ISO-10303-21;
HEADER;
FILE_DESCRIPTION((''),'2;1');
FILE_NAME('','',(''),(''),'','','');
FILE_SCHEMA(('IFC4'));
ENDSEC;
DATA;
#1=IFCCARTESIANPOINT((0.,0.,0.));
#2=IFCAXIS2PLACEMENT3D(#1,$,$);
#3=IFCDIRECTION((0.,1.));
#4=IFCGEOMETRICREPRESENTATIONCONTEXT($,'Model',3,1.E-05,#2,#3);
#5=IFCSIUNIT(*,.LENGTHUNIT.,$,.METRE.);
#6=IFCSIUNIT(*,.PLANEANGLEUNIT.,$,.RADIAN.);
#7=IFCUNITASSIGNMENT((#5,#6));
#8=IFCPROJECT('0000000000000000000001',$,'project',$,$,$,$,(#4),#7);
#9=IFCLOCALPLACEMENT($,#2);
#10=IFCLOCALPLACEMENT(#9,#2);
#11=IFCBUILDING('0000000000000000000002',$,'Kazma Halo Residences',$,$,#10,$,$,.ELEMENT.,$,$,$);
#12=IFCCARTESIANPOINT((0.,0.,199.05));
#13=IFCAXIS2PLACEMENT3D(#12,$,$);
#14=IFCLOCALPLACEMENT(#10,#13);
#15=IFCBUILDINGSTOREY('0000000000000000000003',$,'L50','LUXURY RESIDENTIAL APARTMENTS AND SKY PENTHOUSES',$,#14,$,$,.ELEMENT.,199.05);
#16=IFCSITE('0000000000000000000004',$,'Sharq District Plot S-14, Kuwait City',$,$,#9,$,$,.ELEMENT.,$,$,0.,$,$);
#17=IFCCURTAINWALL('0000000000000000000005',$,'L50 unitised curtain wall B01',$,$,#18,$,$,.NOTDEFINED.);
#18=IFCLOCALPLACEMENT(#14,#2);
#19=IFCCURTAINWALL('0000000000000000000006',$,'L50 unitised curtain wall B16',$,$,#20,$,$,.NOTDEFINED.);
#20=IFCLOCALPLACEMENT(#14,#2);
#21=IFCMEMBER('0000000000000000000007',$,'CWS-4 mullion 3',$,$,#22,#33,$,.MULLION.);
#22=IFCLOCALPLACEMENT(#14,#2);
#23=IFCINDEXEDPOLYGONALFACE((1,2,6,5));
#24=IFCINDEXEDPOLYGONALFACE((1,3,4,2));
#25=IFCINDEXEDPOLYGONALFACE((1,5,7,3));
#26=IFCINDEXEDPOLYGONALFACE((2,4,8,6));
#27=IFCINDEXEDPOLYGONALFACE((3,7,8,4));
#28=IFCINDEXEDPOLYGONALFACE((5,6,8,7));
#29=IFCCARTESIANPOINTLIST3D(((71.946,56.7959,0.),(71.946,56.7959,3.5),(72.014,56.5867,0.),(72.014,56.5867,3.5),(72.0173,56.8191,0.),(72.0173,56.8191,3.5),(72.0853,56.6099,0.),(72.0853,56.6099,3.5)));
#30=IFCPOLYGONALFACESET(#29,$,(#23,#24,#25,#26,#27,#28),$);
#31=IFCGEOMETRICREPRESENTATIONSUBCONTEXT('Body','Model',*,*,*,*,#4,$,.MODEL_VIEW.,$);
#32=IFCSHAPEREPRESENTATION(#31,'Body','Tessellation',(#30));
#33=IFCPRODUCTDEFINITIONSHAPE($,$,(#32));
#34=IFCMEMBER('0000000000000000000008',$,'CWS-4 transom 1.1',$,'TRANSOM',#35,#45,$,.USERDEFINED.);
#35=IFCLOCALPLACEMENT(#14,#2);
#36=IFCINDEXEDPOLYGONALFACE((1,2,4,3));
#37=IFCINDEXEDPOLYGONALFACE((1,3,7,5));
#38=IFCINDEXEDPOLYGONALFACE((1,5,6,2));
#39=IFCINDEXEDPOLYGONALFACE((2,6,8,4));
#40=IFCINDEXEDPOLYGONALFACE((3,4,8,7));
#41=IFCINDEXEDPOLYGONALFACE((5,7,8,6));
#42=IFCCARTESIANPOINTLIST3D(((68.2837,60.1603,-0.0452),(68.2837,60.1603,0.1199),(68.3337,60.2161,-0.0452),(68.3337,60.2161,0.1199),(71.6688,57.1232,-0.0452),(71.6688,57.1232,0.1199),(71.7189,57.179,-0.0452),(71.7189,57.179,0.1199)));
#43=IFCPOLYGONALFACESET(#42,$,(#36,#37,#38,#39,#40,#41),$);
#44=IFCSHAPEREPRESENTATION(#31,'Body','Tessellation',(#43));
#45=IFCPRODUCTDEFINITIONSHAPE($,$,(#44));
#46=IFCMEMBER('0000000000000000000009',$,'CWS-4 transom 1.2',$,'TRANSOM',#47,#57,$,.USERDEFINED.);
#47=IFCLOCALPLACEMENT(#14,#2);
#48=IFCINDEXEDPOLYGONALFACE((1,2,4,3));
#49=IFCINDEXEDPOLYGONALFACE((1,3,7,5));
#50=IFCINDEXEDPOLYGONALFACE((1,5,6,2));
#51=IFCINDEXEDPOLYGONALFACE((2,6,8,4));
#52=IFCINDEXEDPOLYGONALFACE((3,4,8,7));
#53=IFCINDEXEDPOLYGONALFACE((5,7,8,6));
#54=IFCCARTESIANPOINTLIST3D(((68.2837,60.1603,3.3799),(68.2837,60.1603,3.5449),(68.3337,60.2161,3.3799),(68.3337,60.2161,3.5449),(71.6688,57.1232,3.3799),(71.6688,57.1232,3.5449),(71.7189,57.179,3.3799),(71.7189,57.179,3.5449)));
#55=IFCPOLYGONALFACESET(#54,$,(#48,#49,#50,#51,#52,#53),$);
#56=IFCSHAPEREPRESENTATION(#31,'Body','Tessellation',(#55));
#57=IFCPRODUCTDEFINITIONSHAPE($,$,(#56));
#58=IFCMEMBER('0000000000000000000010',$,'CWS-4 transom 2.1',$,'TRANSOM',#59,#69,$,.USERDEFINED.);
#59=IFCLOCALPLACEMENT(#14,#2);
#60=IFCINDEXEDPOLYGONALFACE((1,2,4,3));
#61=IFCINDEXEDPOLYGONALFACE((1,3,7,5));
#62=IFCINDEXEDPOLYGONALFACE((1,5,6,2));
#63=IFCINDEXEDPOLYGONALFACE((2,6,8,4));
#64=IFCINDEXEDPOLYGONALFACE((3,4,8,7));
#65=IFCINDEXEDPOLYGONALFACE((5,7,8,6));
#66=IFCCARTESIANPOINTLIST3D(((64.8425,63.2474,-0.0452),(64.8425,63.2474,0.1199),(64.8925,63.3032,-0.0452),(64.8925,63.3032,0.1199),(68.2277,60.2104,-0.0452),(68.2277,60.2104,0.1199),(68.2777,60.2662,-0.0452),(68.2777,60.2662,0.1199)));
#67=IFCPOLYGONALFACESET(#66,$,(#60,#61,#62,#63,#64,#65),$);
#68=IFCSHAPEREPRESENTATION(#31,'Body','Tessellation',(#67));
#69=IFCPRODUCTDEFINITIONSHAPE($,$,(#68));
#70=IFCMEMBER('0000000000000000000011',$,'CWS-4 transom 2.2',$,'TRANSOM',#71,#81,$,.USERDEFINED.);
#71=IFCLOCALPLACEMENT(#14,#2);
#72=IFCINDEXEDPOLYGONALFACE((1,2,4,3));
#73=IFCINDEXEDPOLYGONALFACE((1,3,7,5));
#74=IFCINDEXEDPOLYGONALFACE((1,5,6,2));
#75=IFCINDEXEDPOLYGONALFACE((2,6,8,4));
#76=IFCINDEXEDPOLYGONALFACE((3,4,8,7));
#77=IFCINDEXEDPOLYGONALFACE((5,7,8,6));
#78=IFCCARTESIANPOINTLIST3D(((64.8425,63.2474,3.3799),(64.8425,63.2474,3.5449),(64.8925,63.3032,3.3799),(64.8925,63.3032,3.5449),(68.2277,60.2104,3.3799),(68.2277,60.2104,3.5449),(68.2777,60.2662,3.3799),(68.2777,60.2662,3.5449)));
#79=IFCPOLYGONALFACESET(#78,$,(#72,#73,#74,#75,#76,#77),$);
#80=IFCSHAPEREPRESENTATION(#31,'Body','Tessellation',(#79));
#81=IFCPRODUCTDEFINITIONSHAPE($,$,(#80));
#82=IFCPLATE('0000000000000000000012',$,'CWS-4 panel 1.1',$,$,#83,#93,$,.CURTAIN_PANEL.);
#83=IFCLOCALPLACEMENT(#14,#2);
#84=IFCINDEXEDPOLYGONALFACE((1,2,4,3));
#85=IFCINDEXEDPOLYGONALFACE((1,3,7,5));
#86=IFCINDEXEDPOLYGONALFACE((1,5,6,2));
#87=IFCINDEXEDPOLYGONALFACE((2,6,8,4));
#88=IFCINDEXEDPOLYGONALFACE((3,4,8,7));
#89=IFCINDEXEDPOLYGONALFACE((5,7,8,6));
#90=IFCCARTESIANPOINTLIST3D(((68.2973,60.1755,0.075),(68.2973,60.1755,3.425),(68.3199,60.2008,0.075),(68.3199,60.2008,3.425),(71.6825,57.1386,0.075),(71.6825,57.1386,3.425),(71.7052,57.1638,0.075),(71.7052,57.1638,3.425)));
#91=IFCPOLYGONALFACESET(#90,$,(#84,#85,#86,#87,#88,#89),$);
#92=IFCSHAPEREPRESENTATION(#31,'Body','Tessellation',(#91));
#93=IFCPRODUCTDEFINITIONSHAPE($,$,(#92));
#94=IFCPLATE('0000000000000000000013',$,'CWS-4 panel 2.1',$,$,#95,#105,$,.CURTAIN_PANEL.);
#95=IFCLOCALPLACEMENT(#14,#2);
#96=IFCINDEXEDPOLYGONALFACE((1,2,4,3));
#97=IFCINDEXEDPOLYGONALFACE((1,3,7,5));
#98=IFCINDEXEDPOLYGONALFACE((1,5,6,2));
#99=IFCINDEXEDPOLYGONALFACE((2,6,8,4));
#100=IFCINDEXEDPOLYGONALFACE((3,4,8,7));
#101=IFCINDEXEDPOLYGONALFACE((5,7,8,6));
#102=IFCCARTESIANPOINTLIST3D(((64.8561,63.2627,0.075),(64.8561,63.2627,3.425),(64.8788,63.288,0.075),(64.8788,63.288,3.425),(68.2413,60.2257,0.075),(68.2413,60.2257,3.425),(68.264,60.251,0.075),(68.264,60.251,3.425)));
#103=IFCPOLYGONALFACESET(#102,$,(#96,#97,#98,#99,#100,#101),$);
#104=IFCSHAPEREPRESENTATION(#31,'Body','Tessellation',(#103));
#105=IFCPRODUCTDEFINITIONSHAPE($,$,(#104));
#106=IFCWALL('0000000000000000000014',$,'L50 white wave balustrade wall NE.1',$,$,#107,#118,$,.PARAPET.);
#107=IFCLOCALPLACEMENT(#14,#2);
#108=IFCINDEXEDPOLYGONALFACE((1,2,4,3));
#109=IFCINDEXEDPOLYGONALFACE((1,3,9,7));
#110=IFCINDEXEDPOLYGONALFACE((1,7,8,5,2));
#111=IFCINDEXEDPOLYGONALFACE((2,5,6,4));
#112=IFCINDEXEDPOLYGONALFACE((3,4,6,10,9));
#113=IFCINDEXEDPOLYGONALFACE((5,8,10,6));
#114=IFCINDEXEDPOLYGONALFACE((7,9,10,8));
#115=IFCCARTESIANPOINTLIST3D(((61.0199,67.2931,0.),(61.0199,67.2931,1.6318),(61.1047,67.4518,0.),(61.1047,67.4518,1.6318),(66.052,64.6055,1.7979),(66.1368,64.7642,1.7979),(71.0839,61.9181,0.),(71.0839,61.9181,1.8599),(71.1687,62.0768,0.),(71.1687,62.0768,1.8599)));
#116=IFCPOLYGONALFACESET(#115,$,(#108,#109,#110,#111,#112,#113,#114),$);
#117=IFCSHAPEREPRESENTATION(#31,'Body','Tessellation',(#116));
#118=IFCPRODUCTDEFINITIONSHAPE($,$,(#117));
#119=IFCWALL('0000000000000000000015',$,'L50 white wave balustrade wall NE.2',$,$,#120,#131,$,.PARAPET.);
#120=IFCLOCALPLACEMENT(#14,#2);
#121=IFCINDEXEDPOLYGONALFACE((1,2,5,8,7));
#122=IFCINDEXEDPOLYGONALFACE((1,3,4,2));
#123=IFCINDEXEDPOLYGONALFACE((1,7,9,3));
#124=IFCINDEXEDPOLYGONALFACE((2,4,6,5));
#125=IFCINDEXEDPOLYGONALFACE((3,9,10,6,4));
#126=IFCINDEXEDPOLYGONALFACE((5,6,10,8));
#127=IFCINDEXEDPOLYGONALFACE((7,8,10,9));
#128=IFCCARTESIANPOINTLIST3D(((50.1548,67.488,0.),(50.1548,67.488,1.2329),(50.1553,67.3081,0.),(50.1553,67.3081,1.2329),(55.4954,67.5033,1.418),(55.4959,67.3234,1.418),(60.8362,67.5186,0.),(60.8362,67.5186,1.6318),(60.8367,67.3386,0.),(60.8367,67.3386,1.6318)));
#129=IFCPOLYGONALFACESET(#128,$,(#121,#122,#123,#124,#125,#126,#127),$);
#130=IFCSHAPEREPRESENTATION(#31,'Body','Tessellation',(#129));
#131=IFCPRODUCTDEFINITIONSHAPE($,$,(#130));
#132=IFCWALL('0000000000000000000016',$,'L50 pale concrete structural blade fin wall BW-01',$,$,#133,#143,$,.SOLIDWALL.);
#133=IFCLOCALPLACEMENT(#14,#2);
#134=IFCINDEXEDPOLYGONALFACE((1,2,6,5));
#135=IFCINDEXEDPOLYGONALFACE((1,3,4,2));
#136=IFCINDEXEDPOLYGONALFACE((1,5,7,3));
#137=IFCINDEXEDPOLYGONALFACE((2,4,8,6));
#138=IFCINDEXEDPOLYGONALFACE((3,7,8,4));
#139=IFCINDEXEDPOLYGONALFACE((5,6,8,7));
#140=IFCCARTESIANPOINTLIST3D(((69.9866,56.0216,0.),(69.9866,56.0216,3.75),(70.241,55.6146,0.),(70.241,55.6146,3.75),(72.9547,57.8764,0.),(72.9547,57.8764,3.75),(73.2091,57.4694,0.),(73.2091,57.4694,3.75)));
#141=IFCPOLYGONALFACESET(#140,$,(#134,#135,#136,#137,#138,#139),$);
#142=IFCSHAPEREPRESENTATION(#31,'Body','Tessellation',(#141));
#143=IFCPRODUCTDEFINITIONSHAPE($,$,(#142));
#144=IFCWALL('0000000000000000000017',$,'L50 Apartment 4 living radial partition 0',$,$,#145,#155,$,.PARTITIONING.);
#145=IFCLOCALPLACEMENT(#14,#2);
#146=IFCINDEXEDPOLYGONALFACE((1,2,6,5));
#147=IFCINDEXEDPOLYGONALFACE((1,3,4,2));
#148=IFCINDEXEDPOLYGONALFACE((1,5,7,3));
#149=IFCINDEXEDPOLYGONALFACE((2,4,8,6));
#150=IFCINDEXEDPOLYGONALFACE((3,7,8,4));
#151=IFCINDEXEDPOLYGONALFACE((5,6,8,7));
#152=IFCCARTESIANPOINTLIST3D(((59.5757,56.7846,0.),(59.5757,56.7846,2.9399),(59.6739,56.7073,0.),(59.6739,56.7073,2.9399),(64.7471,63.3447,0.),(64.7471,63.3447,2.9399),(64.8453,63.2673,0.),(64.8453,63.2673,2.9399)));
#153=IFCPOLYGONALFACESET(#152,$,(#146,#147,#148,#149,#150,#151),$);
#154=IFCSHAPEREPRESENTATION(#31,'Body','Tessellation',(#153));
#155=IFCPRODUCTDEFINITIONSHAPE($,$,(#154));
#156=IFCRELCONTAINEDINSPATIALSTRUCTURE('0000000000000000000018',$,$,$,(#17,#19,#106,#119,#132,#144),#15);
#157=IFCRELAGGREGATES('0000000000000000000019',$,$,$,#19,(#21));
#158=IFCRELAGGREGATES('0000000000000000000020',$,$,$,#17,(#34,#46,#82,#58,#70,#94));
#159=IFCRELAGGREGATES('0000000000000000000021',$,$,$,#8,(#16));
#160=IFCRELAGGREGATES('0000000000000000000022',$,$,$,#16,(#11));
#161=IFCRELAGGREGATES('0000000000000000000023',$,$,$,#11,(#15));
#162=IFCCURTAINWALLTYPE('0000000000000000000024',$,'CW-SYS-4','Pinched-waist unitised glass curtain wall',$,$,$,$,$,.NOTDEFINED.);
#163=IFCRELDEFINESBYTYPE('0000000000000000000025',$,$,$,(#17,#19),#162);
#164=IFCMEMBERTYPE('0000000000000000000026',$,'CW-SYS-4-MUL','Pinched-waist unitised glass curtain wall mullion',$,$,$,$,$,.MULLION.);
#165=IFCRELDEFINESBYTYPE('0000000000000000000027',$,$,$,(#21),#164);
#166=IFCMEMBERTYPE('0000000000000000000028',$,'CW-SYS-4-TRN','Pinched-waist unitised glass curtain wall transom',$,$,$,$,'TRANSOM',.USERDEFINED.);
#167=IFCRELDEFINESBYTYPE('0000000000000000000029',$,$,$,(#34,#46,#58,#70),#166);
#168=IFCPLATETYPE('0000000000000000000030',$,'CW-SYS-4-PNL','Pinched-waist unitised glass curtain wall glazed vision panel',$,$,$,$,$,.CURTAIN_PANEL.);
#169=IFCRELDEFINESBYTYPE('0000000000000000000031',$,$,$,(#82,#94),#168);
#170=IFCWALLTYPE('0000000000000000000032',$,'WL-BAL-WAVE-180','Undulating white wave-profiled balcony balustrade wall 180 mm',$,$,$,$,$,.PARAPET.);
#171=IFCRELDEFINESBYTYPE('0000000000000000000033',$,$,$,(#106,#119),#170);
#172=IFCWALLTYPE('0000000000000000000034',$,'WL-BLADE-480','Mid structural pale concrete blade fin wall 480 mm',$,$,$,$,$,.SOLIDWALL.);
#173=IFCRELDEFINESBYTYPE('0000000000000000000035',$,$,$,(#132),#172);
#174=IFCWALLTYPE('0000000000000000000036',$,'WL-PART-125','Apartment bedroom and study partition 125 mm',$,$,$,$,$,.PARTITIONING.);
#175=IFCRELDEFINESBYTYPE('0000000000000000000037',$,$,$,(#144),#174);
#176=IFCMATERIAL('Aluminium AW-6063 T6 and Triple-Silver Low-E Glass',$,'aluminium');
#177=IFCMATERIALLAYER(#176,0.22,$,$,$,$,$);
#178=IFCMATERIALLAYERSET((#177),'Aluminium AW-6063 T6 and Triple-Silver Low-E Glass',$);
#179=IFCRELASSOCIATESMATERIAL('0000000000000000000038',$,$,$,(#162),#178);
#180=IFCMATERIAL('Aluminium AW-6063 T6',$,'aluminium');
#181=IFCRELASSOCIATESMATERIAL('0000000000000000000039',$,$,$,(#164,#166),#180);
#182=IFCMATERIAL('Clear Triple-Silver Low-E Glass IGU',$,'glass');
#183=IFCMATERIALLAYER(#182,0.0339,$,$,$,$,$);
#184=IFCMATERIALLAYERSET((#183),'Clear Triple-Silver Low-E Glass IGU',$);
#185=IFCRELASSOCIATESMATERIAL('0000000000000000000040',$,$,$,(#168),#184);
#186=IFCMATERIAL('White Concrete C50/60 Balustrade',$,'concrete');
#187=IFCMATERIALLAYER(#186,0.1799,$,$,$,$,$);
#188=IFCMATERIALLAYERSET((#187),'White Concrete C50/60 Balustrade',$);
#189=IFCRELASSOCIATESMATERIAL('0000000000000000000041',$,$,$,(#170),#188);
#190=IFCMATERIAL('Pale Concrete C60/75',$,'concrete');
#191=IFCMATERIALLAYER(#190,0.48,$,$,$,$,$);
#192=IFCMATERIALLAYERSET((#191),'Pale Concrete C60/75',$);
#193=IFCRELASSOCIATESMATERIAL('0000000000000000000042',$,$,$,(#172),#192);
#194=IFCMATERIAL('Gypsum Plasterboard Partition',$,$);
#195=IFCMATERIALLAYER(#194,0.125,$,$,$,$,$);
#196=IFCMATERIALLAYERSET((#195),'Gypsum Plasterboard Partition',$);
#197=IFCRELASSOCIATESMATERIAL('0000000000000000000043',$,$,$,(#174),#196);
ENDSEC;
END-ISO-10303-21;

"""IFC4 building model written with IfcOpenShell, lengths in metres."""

from ifc_helpers import new_model, si_unit, direction, frame, frame_2d, origin, origin_2d, place, context, subcontext, project, spatial, polyline, rectangle, outline, extrude, material, layer, layer_set, material_profile, profile_set, type_object, element, aggregate, save


model = new_model("IFC4")

# Units and contexts
model_context = context("Model", 3, precision=1e-05, world=origin(), true_north=direction((0.0, 1.0)))
body_context = subcontext(model_context, "Body", "Model", "MODEL_VIEW")
ifc_project = project(units=[si_unit("LENGTHUNIT", "METRE"), si_unit("PLANEANGLEUNIT", "RADIAN")], contexts=[model_context])

# Site, building, storey
site_placement = place(None, origin())
site = spatial("IfcSite", under=ifc_project, at=site_placement, Name="Sharq District Plot S-14, Kuwait City", CompositionType="ELEMENT", RefElevation=0.0)
building_placement = place(site_placement, origin())
building = spatial("IfcBuilding", under=site, at=building_placement, Name="Kazma Halo Residences", CompositionType="ELEMENT")
storey_placement = place(building_placement, frame((0.0, 0.0, 199.05)))
storey = spatial("IfcBuildingStorey", under=building, at=storey_placement, Name="L50", Description="LUXURY RESIDENTIAL APARTMENTS AND SKY PENTHOUSES", CompositionType="ELEMENT", Elevation=199.05)

# Curtain wall
ifc_material_1 = material(Name="Aluminium AW-6063 T6 and Triple-Silver Low-E Glass", Category="aluminium")
ifc_layer_1 = layer(ifc_material_1, 0.22)
ifc_layer_set_1 = layer_set([ifc_layer_1], Name="Aluminium AW-6063 T6 and Triple-Silver Low-E Glass")
curtain_wall_type = type_object("IfcCurtainWallType", Name="CW-SYS-4", Description="Pinched-waist unitised glass curtain wall", PredefinedType="NOTDEFINED", material=ifc_layer_set_1)
curtain_wall_1_placement = place(storey_placement, origin())
curtain_wall_1 = element("IfcCurtainWall", 1, at=curtain_wall_1_placement, inside=storey, type_object=curtain_wall_type, Name="L50 unitised curtain wall B01", PredefinedType="NOTDEFINED")
ifc_material_2 = material(Name="Aluminium AW-6063 T6", Category="aluminium")
ifc_material_profile_1 = material_profile(ifc_material_2, rectangle(XDim=0.075, YDim=0.22, at=origin_2d()), Name="CWM-75x220")
ifc_profile_set_1 = profile_set([ifc_material_profile_1], Name="Aluminium AW-6063 T6")
member_type_1 = type_object("IfcMemberType", Name="CW-SYS-4-MUL", Description="Pinched-waist unitised glass curtain wall mullion", PredefinedType="MULLION", material=ifc_profile_set_1)

# Curtain wall, member
curtain_wall_2_placement = place(storey_placement, origin())
curtain_wall_2 = element("IfcCurtainWall", 2, at=curtain_wall_2_placement, inside=storey, type_object=curtain_wall_type, Name="L50 unitised curtain wall B16", PredefinedType="NOTDEFINED")
member_1_placement = place(storey_placement, frame((72.0156, 56.7029, 0.0), z_axis=(0.0, 0.0, 1.0), x_axis=(-0.951057, -0.309016, 0.0)))
member_1 = element("IfcMember", 3, at=member_1_placement, type_object=member_type_1, Name="CWS-4 mullion 3", PredefinedType="MULLION", context=body_context, shape_type="SweptSolid", body=[
    extrude(rectangle(XDim=0.075, YDim=0.22, at=origin_2d()), origin(), (0.0, 0.0, 1.0), 3.5),
])
aggregate(curtain_wall_2, [member_1])

# Members
ifc_material_profile_2 = material_profile(ifc_material_2, rectangle(XDim=0.075, YDim=0.165, at=origin_2d()), Name="CWT-75x165")
ifc_profile_set_2 = profile_set([ifc_material_profile_2], Name="Aluminium AW-6063 T6")
member_type_2 = type_object("IfcMemberType", Name="CW-SYS-4-TRN", Description="Pinched-waist unitised glass curtain wall transom", ElementType="TRANSOM", PredefinedType="USERDEFINED", material=ifc_profile_set_2)
member_2_placement = place(storey_placement, frame((71.6938, 57.1511, 0.0374), z_axis=(-0.744345, 0.667795, 0.0), x_axis=(-0.667795, -0.744345, 0.0)))
member_2 = element("IfcMember", 4, at=member_2_placement, type_object=member_type_2, Name="CWS-4 transom 1.1", ObjectType="TRANSOM", PredefinedType="USERDEFINED", context=body_context, shape_type="SweptSolid", body=[
    extrude(rectangle(XDim=0.075, YDim=0.165, at=origin_2d()), origin(), (0.0, 0.0, 1.0), 4.5479),
])
member_3_placement = place(storey_placement, frame((71.6938, 57.1511, 3.4624), z_axis=(-0.744345, 0.667795, 0.0), x_axis=(-0.667795, -0.744345, 0.0)))
member_3 = element("IfcMember", 5, at=member_3_placement, type_object=member_type_2, Name="CWS-4 transom 1.2", ObjectType="TRANSOM", PredefinedType="USERDEFINED", context=body_context, shape_type="SweptSolid", body=[
    extrude(rectangle(XDim=0.075, YDim=0.165, at=origin_2d()), origin(), (0.0, 0.0, 1.0), 4.5479),
])
member_4_placement = place(storey_placement, frame((68.2527, 60.2383, 0.0374), z_axis=(-0.744345, 0.667795, 0.0), x_axis=(-0.667795, -0.744345, 0.0)))
member_4 = element("IfcMember", 6, at=member_4_placement, type_object=member_type_2, Name="CWS-4 transom 2.1", ObjectType="TRANSOM", PredefinedType="USERDEFINED", context=body_context, shape_type="SweptSolid", body=[
    extrude(rectangle(XDim=0.075, YDim=0.165, at=origin_2d()), origin(), (0.0, 0.0, 1.0), 4.5479),
])
member_5_placement = place(storey_placement, frame((68.2527, 60.2383, 3.4624), z_axis=(-0.744345, 0.667795, 0.0), x_axis=(-0.667795, -0.744345, 0.0)))
member_5 = element("IfcMember", 7, at=member_5_placement, type_object=member_type_2, Name="CWS-4 transom 2.2", ObjectType="TRANSOM", PredefinedType="USERDEFINED", context=body_context, shape_type="SweptSolid", body=[
    extrude(rectangle(XDim=0.075, YDim=0.165, at=origin_2d()), origin(), (0.0, 0.0, 1.0), 4.5479),
])

# Plates
ifc_material_3 = material(Name="Clear Triple-Silver Low-E Glass IGU", Category="glass")
ifc_layer_2 = layer(ifc_material_3, 0.0339)
ifc_layer_set_2 = layer_set([ifc_layer_2], Name="Clear Triple-Silver Low-E Glass IGU")
plate_type = type_object("IfcPlateType", Name="CW-SYS-4-PNL", Description="Pinched-waist unitised glass curtain wall glazed vision panel", PredefinedType="CURTAIN_PANEL", material=ifc_layer_set_2)
plate_1_placement = place(storey_placement, frame((70.0012, 58.6697, 0.075), z_axis=(0.0, 0.0, 1.0), x_axis=(-0.744355, 0.667784, 0.0)))
plate_1 = element("IfcPlate", 8, at=plate_1_placement, type_object=plate_type, Name="CWS-4 panel 1.1", PredefinedType="CURTAIN_PANEL", context=body_context, shape_type="SweptSolid", body=[
    extrude(rectangle(XDim=4.5479, YDim=0.0339, at=origin_2d()), origin(), (0.0, 0.0, 1.0), 3.3501),
])
plate_2_placement = place(storey_placement, frame((66.5601, 61.7568, 0.075), z_axis=(0.0, 0.0, 1.0), x_axis=(-0.744355, 0.667784, 0.0)))
plate_2 = element("IfcPlate", 9, at=plate_2_placement, type_object=plate_type, Name="CWS-4 panel 2.1", PredefinedType="CURTAIN_PANEL", context=body_context, shape_type="SweptSolid", body=[
    extrude(rectangle(XDim=4.5479, YDim=0.0339, at=origin_2d()), origin(), (0.0, 0.0, 1.0), 3.3501),
])
aggregate(curtain_wall_1, [member_2, member_3, plate_1, member_4, member_5, plate_2])

# Walls
ifc_material_4 = material(Name="White Concrete C50/60 Balustrade", Category="concrete")
ifc_layer_3 = layer(ifc_material_4, 0.1799)
ifc_layer_set_3 = layer_set([ifc_layer_3], Name="White Concrete C50/60 Balustrade")
wall_type_1 = type_object("IfcWallType", Name="WL-BAL-WAVE-180", Description="Undulating white wave-profiled balcony balustrade wall 180 mm", PredefinedType="PARAPET", material=ifc_layer_set_3)
wall_1_placement = place(storey_placement, frame((71.1262, 61.9973, 0.0), z_axis=(0.0, 0.0, 1.0), x_axis=(-0.882078, 0.471103, 0.0)))
element("IfcWall", 10, at=wall_1_placement, inside=storey, type_object=wall_type_1, Name="L50 white wave balustrade wall NE.1", PredefinedType="PARAPET", context=body_context, shape_type="SweptSolid", body=[
    extrude(outline(polyline([(0.0, 0.0), (11.4094, 0.0), (11.4094, 1.6318), (5.7046, 1.7979), (0.0, 1.8599), (0.0, 0.0)])), frame((0.0, 0.0898, 0.0), z_axis=(0.0, -1.0, 0.0), x_axis=(1.0, 0.0, 0.0)), (0.0, 0.0, 1.0), 0.1799),
])
wall_2_placement = place(storey_placement, frame((60.8364, 67.4285, 0.0), z_axis=(0.0, 0.0, 1.0), x_axis=(-0.999996, -0.002857, 0.0)))
element("IfcWall", 11, at=wall_2_placement, inside=storey, type_object=wall_type_1, Name="L50 white wave balustrade wall NE.2", PredefinedType="PARAPET", context=body_context, shape_type="SweptSolid", body=[
    extrude(outline(polyline([(0.0, 0.0), (10.6814, 0.0), (10.6814, 1.2329), (5.3408, 1.418), (0.0, 1.6318), (0.0, 0.0)])), frame((0.0, 0.0898, 0.0), z_axis=(0.0, -1.0, 0.0), x_axis=(1.0, 0.0, 0.0)), (0.0, 0.0, 1.0), 0.1799),
])
ifc_material_5 = material(Name="Pale Concrete C60/75", Category="concrete")
ifc_layer_4 = layer(ifc_material_5, 0.48)
ifc_layer_set_4 = layer_set([ifc_layer_4], Name="Pale Concrete C60/75")
wall_type_2 = type_object("IfcWallType", Name="WL-BLADE-480", Description="Mid structural pale concrete blade fin wall 480 mm", PredefinedType="SOLIDWALL", material=ifc_layer_set_4)
wall_3_placement = place(storey_placement, frame((70.1138, 55.8181, 0.0), z_axis=(0.0, 0.0, 1.0), x_axis=(0.848034, 0.529943, 0.0)))
element("IfcWall", 12, at=wall_3_placement, inside=storey, type_object=wall_type_2, Name="L50 pale concrete structural blade fin wall BW-01", PredefinedType="SOLIDWALL", context=body_context, shape_type="SweptSolid", body=[
    extrude(rectangle(XDim=3.5, YDim=0.48, at=frame_2d((1.75, 0.0))), origin(), (0.0, 0.0, 1.0), 3.75),
])

# Wall
ifc_material_6 = material(Name="Gypsum Plasterboard Partition")
ifc_layer_5 = layer(ifc_material_6, 0.125)
ifc_layer_set_5 = layer_set([ifc_layer_5], Name="Gypsum Plasterboard Partition")
wall_type_3 = type_object("IfcWallType", Name="WL-PART-125", Description="Apartment bedroom and study partition 125 mm", PredefinedType="PARTITIONING", material=ifc_layer_set_5)
wall_4_placement = place(storey_placement, frame((59.6248, 56.7458, 0.0), z_axis=(0.0, 0.0, 1.0), x_axis=(0.619083, 0.785325, 0.0)))
element("IfcWall", 13, at=wall_4_placement, inside=storey, type_object=wall_type_3, Name="L50 Apartment 4 living radial partition 0", PredefinedType="PARTITIONING", context=body_context, shape_type="SweptSolid", body=[
    extrude(rectangle(XDim=8.3533, YDim=0.125, at=frame_2d((4.1768, 0.0))), origin(), (0.0, 0.0, 1.0), 2.9399),
])

save(model, "model.ifc")
